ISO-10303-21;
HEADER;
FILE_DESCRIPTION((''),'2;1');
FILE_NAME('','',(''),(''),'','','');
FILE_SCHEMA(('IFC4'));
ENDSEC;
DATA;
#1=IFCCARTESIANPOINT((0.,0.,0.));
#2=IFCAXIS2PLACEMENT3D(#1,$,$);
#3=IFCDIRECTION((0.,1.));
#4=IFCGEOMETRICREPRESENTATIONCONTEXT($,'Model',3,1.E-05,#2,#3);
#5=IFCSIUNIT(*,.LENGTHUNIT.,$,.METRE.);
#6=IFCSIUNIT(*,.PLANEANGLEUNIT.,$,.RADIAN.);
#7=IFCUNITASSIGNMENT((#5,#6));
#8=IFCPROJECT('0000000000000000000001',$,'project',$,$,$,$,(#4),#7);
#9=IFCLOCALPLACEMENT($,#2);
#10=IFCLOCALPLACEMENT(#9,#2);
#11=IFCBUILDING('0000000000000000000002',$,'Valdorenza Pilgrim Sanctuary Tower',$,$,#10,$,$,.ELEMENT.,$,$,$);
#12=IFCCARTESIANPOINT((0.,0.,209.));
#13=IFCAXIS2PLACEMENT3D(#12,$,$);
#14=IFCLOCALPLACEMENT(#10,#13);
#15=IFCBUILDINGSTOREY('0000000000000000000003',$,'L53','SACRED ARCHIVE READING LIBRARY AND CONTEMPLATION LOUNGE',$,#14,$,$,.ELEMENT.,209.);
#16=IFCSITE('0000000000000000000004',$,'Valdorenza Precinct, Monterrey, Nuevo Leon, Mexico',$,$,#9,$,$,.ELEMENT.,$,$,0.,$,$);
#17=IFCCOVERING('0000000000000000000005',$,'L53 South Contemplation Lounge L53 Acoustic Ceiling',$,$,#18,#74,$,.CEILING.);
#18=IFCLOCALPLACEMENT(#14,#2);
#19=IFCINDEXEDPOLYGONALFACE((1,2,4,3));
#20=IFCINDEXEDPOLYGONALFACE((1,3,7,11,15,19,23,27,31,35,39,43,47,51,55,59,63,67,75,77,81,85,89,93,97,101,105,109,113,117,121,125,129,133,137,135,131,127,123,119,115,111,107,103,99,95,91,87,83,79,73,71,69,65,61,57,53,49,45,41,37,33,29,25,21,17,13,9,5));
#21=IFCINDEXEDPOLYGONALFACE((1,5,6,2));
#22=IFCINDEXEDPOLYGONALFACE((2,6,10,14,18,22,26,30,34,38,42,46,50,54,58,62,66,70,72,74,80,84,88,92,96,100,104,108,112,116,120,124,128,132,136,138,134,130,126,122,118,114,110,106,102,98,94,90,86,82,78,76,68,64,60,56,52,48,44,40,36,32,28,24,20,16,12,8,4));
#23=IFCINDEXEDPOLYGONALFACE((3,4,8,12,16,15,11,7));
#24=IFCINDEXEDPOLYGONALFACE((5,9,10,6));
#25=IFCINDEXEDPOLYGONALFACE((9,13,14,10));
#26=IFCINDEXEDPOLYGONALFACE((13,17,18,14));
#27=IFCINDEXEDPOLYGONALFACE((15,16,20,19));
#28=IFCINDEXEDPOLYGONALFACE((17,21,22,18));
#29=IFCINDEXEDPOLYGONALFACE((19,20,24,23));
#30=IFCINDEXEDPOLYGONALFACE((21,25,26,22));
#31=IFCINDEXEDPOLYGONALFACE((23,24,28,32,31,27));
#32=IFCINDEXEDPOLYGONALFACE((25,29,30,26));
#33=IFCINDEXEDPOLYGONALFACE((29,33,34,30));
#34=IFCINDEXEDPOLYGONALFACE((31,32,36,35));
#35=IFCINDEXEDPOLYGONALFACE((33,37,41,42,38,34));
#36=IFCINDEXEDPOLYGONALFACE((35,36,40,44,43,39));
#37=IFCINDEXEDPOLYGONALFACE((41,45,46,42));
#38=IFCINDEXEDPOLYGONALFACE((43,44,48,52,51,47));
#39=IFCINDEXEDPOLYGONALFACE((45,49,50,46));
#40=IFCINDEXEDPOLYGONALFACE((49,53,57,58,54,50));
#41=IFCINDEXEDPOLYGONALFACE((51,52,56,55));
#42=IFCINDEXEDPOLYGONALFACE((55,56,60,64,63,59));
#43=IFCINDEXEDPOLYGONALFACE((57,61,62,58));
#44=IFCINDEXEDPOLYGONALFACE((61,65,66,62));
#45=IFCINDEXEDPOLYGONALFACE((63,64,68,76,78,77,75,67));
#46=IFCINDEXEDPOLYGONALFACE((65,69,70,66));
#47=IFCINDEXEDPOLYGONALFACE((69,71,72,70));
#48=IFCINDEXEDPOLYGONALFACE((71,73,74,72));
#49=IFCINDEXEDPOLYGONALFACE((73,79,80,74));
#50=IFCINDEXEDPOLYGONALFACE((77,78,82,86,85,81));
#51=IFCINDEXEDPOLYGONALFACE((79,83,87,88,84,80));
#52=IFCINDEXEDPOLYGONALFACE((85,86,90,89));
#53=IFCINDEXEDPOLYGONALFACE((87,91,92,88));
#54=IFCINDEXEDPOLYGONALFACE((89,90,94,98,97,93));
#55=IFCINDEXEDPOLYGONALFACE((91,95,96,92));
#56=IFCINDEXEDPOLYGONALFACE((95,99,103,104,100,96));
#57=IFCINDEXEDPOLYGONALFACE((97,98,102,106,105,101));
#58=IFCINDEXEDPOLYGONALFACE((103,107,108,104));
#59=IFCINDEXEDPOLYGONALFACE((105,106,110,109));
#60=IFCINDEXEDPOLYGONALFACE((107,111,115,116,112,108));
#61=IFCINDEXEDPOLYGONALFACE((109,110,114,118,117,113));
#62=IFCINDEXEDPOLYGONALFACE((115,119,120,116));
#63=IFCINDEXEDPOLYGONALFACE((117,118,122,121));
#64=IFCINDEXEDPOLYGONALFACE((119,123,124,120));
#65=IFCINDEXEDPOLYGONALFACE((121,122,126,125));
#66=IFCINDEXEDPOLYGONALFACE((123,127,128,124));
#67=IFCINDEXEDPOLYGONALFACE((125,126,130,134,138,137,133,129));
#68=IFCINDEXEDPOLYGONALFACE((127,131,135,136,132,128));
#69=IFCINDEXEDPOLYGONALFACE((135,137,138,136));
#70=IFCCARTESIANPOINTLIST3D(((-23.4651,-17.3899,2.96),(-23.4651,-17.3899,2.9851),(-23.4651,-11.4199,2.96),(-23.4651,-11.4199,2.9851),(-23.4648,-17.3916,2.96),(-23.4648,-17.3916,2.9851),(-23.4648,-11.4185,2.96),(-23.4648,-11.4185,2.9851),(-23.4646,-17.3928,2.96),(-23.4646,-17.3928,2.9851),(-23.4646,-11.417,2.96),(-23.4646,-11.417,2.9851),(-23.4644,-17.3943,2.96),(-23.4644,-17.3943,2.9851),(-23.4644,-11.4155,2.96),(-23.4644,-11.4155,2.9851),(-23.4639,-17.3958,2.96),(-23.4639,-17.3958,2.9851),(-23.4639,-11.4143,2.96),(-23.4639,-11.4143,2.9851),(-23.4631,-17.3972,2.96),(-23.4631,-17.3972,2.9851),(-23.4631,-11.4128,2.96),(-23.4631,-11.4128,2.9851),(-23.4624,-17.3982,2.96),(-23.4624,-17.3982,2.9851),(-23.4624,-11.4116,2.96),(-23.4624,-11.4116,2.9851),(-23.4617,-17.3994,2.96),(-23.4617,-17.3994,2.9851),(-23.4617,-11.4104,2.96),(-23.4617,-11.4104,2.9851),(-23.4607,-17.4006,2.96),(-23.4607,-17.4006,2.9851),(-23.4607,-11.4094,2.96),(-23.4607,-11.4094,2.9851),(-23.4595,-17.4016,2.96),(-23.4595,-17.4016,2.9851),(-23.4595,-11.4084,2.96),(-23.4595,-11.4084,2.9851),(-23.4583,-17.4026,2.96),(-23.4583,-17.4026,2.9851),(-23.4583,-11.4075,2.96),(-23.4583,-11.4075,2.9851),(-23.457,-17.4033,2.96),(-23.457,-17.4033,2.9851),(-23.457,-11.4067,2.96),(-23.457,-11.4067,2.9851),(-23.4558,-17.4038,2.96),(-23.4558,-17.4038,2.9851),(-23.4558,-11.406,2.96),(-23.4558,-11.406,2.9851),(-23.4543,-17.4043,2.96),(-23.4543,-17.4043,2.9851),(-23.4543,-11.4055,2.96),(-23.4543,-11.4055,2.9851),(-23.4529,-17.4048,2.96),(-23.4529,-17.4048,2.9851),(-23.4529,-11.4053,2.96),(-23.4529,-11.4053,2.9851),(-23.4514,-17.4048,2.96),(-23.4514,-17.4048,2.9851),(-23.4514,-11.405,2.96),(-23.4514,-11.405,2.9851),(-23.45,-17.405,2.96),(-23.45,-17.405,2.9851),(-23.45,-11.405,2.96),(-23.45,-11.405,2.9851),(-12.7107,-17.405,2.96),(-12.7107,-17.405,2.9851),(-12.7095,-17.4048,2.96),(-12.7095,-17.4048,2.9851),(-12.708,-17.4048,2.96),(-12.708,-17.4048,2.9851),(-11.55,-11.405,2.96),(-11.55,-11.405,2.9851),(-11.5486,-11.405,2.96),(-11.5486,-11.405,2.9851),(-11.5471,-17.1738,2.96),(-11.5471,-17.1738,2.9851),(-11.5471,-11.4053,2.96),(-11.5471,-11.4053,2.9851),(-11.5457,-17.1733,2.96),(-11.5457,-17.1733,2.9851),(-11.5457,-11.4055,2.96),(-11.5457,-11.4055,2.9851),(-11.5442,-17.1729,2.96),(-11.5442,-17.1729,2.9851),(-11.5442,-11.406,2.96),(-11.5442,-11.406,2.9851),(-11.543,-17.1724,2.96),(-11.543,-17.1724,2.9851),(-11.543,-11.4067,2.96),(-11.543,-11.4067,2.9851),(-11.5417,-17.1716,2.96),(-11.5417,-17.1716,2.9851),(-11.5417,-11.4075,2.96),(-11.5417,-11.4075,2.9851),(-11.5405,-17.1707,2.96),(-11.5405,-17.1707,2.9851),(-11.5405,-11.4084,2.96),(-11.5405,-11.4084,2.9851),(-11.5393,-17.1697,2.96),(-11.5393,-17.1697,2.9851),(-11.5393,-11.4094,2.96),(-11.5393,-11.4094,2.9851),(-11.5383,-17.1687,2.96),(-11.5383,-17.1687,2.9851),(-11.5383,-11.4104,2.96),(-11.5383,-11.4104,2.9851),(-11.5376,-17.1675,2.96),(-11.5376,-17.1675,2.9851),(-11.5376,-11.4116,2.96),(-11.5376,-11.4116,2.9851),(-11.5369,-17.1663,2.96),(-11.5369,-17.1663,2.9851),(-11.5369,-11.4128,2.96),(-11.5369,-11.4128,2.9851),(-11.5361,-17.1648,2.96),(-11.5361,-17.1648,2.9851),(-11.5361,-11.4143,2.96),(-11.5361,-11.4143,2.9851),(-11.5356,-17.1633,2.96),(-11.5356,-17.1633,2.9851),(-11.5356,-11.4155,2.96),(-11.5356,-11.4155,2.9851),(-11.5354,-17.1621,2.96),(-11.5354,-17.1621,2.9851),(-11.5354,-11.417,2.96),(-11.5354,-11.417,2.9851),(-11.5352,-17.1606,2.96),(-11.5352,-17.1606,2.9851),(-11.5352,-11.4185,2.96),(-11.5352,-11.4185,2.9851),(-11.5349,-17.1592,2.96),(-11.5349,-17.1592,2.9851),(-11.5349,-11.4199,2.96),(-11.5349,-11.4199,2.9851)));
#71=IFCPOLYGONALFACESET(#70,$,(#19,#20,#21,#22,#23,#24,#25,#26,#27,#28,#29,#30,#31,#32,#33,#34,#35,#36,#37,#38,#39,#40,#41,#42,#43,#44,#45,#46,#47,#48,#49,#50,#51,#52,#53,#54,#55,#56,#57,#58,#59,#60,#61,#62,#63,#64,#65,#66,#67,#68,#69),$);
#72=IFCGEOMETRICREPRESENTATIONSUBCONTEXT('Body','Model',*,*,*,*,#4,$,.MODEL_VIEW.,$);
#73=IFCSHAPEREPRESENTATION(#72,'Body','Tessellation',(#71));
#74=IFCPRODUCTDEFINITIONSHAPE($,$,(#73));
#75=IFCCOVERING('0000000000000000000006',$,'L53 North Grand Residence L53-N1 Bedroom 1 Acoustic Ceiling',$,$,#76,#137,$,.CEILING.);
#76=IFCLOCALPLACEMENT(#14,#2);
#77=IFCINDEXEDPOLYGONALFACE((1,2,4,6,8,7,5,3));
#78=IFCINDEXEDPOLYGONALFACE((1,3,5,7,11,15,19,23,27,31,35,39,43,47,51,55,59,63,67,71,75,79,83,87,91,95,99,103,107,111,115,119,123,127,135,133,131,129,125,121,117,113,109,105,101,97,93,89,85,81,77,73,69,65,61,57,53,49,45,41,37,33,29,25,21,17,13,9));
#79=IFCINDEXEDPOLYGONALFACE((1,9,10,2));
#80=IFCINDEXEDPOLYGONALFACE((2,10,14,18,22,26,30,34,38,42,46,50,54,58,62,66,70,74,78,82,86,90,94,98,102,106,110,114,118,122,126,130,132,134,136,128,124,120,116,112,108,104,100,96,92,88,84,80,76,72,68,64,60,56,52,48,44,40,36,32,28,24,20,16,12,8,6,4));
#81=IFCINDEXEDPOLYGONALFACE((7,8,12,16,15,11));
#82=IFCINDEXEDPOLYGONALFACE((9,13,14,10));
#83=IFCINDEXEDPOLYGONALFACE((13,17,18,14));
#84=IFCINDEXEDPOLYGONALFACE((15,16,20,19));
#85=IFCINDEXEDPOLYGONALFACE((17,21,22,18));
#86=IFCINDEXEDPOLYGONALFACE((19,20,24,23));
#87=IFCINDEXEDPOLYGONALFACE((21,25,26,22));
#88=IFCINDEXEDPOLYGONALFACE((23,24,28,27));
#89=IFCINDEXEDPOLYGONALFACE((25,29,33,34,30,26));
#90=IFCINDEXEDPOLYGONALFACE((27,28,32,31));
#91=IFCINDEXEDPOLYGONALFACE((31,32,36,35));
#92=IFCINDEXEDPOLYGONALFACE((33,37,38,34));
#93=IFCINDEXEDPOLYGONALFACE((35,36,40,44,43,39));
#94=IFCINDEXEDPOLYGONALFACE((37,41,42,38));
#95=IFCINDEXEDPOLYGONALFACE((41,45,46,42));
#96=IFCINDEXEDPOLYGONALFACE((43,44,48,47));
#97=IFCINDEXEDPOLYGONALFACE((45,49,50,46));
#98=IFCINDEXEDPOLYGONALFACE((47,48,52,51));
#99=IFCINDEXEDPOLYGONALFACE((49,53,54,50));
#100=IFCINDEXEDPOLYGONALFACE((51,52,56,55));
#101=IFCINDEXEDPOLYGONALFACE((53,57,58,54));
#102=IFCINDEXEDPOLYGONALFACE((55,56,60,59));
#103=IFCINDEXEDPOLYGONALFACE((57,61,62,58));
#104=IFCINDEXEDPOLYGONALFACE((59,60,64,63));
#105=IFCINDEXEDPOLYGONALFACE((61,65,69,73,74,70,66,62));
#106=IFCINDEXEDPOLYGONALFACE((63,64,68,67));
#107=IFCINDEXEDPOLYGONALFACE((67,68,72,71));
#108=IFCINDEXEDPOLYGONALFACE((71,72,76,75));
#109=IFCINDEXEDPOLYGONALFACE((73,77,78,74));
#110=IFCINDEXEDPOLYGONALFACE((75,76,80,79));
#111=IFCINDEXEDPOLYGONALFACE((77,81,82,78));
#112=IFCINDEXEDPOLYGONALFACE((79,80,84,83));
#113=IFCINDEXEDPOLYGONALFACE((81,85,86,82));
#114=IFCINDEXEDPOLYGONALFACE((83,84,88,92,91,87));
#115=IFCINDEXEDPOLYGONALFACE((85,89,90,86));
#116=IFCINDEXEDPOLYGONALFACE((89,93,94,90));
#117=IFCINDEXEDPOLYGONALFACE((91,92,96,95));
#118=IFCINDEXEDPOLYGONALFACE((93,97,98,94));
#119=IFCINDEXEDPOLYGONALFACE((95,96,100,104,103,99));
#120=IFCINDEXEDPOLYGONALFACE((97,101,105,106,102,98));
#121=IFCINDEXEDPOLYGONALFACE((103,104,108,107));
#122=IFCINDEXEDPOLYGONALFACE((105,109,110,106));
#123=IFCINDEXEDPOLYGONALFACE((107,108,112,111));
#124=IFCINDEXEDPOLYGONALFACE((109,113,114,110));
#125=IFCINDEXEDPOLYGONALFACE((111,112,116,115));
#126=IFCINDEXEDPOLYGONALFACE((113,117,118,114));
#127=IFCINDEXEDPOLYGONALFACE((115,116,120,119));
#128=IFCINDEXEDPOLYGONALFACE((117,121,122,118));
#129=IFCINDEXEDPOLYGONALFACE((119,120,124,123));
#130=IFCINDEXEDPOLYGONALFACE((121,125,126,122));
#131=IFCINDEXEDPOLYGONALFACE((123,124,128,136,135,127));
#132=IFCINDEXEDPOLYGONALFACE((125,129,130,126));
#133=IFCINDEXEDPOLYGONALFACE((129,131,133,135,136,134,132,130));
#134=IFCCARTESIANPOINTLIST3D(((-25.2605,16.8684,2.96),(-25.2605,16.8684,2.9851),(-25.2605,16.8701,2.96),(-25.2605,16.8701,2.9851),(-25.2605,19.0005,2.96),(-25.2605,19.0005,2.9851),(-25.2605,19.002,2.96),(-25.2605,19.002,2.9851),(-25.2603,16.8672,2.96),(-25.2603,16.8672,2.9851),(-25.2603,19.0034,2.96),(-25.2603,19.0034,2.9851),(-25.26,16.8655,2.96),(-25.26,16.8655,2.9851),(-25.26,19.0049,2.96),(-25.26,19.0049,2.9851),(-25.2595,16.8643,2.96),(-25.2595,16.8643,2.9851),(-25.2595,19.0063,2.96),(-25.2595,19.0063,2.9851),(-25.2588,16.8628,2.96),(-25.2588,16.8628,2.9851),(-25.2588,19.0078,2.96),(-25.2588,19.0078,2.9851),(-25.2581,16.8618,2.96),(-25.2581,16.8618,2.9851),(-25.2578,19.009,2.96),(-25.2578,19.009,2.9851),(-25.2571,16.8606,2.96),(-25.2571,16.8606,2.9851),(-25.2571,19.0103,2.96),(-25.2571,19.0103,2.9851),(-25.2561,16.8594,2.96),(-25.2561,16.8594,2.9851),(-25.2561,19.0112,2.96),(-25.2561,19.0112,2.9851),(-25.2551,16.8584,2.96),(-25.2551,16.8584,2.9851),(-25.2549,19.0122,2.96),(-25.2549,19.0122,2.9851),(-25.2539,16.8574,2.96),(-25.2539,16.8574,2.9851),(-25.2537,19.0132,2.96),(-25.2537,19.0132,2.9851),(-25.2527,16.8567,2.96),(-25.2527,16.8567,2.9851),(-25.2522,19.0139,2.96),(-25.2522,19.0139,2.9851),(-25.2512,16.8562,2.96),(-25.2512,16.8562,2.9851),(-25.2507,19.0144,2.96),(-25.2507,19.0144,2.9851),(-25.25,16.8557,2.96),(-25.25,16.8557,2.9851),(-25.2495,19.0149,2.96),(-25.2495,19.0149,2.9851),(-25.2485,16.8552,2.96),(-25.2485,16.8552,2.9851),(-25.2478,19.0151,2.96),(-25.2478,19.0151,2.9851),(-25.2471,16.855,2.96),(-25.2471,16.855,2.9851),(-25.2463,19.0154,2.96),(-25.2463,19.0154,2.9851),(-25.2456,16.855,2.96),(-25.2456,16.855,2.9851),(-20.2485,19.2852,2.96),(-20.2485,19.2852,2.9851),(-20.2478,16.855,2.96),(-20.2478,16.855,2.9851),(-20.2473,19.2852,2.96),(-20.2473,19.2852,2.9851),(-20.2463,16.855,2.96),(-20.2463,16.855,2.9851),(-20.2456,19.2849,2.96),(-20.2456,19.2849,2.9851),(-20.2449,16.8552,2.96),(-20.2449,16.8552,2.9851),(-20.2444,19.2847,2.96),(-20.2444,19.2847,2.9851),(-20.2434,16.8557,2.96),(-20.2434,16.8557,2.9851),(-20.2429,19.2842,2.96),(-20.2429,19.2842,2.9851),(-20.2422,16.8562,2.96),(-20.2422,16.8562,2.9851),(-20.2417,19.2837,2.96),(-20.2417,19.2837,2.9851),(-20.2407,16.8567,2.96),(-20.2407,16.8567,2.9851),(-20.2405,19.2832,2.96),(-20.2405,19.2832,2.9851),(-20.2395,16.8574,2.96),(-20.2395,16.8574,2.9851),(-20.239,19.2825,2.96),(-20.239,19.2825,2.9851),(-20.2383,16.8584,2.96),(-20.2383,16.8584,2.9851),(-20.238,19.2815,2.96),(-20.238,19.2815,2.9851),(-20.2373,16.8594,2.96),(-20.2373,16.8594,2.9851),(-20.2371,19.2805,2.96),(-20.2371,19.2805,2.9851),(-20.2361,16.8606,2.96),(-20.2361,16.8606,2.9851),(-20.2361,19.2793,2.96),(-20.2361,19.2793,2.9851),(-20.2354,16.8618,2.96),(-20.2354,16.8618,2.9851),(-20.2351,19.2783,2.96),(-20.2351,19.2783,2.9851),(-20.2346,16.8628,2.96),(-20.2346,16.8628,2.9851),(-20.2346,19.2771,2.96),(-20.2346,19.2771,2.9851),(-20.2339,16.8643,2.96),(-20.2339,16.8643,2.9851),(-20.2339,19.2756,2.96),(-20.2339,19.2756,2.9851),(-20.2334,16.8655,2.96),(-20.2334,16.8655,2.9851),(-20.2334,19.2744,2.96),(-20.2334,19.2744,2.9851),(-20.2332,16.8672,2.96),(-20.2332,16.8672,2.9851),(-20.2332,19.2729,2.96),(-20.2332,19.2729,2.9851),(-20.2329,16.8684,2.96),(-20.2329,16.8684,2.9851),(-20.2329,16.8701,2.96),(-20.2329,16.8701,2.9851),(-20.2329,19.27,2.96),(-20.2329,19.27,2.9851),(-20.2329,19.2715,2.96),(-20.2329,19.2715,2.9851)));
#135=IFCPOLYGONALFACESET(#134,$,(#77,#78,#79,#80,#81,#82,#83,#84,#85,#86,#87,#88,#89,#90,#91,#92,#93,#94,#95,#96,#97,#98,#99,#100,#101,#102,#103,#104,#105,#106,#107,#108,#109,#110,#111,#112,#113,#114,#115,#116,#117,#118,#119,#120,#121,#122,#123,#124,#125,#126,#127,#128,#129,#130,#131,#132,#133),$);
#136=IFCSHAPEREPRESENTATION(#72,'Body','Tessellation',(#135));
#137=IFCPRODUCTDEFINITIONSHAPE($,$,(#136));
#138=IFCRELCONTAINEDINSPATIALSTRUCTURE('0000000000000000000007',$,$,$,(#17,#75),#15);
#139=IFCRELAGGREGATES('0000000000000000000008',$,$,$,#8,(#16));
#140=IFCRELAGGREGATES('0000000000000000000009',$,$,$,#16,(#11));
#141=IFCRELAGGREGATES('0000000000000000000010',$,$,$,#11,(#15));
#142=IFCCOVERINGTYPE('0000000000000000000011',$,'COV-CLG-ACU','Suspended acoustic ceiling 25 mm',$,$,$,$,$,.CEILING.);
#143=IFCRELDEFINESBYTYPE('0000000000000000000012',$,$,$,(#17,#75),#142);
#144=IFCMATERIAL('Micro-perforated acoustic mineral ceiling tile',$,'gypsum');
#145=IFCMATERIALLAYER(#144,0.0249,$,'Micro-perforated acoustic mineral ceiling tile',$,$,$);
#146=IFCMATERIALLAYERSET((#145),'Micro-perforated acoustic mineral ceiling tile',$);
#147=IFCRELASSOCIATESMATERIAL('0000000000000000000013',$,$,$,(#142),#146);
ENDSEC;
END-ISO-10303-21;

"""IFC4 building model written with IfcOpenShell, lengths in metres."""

from ifc_helpers import new_model, si_unit, direction, frame, origin, place, context, subcontext, project, spatial, polyline, outline, extrude, material, layer, layer_set, type_object, element, save


model = new_model("IFC4")

# Units and contexts
model_context = context("Model", 3, precision=1e-05, world=origin(), true_north=direction((0.0, 1.0)))
body_context = subcontext(model_context, "Body", "Model", "MODEL_VIEW")
ifc_project = project(units=[si_unit("LENGTHUNIT", "METRE"), si_unit("PLANEANGLEUNIT", "RADIAN")], contexts=[model_context])

# Site, building, storey
site_placement = place(None, origin())
site = spatial("IfcSite", under=ifc_project, at=site_placement, Name="Valdorenza Precinct, Monterrey, Nuevo Leon, Mexico", CompositionType="ELEMENT", RefElevation=0.0)
building_placement = place(site_placement, origin())
building = spatial("IfcBuilding", under=site, at=building_placement, Name="Valdorenza Pilgrim Sanctuary Tower", CompositionType="ELEMENT")
storey_placement = place(building_placement, frame((0.0, 0.0, 209.0)))
storey = spatial("IfcBuildingStorey", under=building, at=storey_placement, Name="L53", Description="SACRED ARCHIVE READING LIBRARY AND CONTEMPLATION LOUNGE", CompositionType="ELEMENT", Elevation=209.0)

# Coverings
ifc_material_1 = material(Name="Micro-perforated acoustic mineral ceiling tile", Category="gypsum")
ifc_layer_1 = layer(ifc_material_1, 0.0249, Name="Micro-perforated acoustic mineral ceiling tile")
ifc_layer_set_1 = layer_set([ifc_layer_1], Name="Micro-perforated acoustic mineral ceiling tile")
covering_type_1 = type_object("IfcCoveringType", Name="COV-CLG-ACU", Description="Suspended acoustic ceiling 25 mm", PredefinedType="CEILING", material=ifc_layer_set_1)
covering_1_placement = place(storey_placement, frame((0.0, 0.0, 2.96)))
element("IfcCovering", 1, at=covering_1_placement, inside=storey, type_object=covering_type_1, Name="L53 South Contemplation Lounge L53 Acoustic Ceiling", PredefinedType="CEILING", context=body_context, shape_type="SweptSolid", body=[
    extrude(outline(polyline([(-11.55, -11.405), (-11.5486, -11.405), (-11.5471, -11.4053), (-11.5457, -11.4055), (-11.5442, -11.406), (-11.543, -11.4067), (-11.5417, -11.4075), (-11.5405, -11.4084), (-11.5393, -11.4094), (-11.5383, -11.4104), (-11.5376, -11.4116), (-11.5369, -11.4128), (-11.5361, -11.4143), (-11.5356, -11.4155), (-11.5354, -11.417), (-11.5352, -11.4185), (-11.5349, -11.4199), (-11.5349, -17.1592), (-11.5352, -17.1606), (-11.5354, -17.1621), (-11.5356, -17.1633), (-11.5361, -17.1648), (-11.5369, -17.1663), (-11.5376, -17.1675), (-11.5383, -17.1687), (-11.5393, -17.1697), (-11.5405, -17.1707), (-11.5417, -17.1716), (-11.543, -17.1724), (-11.5442, -17.1729), (-11.5457, -17.1733), (-11.5471, -17.1738), (-12.708, -17.4048), (-12.7095, -17.4048), (-12.7107, -17.405), (-23.45, -17.405), (-23.4514, -17.4048), (-23.4529, -17.4048), (-23.4543, -17.4043), (-23.4558, -17.4038), (-23.457, -17.4033), (-23.4583, -17.4026), (-23.4595, -17.4016), (-23.4607, -17.4006), (-23.4617, -17.3994), (-23.4624, -17.3982), (-23.4631, -17.3972), (-23.4639, -17.3958), (-23.4644, -17.3943), (-23.4646, -17.3928), (-23.4648, -17.3916), (-23.4651, -17.3899), (-23.4651, -11.4199), (-23.4648, -11.4185), (-23.4646, -11.417), (-23.4644, -11.4155), (-23.4639, -11.4143), (-23.4631, -11.4128), (-23.4624, -11.4116), (-23.4617, -11.4104), (-23.4607, -11.4094), (-23.4595, -11.4084), (-23.4583, -11.4075), (-23.457, -11.4067), (-23.4558, -11.406), (-23.4543, -11.4055), (-23.4529, -11.4053), (-23.4514, -11.405), (-23.45, -11.405), (-11.55, -11.405)])), origin(), (0.0, 0.0, 1.0), 0.0251),
])
covering_2_placement = place(storey_placement, frame((0.0, 0.0, 2.96)))
element("IfcCovering", 2, at=covering_2_placement, inside=storey, type_object=covering_type_1, Name="L53 North Grand Residence L53-N1 Bedroom 1 Acoustic Ceiling", PredefinedType="CEILING", context=body_context, shape_type="SweptSolid", body=[
    extrude(outline(polyline([(-25.2456, 16.855), (-25.2471, 16.855), (-25.2485, 16.8552), (-25.25, 16.8557), (-25.2512, 16.8562), (-25.2527, 16.8567), (-25.2539, 16.8574), (-25.2551, 16.8584), (-25.2561, 16.8594), (-25.2571, 16.8606), (-25.2581, 16.8618), (-25.2588, 16.8628), (-25.2595, 16.8643), (-25.26, 16.8655), (-25.2603, 16.8672), (-25.2605, 16.8684), (-25.2605, 16.8701), (-25.2605, 19.0005), (-25.2605, 19.002), (-25.2603, 19.0034), (-25.26, 19.0049), (-25.2595, 19.0063), (-25.2588, 19.0078), (-25.2578, 19.009), (-25.2571, 19.0103), (-25.2561, 19.0112), (-25.2549, 19.0122), (-25.2537, 19.0132), (-25.2522, 19.0139), (-25.2507, 19.0144), (-25.2495, 19.0149), (-25.2478, 19.0151), (-25.2463, 19.0154), (-20.2485, 19.2852), (-20.2473, 19.2852), (-20.2456, 19.2849), (-20.2444, 19.2847), (-20.2429, 19.2842), (-20.2417, 19.2837), (-20.2405, 19.2832), (-20.239, 19.2825), (-20.238, 19.2815), (-20.2371, 19.2805), (-20.2361, 19.2793), (-20.2351, 19.2783), (-20.2346, 19.2771), (-20.2339, 19.2756), (-20.2334, 19.2744), (-20.2332, 19.2729), (-20.2329, 19.2715), (-20.2329, 19.27), (-20.2329, 16.8701), (-20.2329, 16.8684), (-20.2332, 16.8672), (-20.2334, 16.8655), (-20.2339, 16.8643), (-20.2346, 16.8628), (-20.2354, 16.8618), (-20.2361, 16.8606), (-20.2373, 16.8594), (-20.2383, 16.8584), (-20.2395, 16.8574), (-20.2407, 16.8567), (-20.2422, 16.8562), (-20.2434, 16.8557), (-20.2449, 16.8552), (-20.2463, 16.855), (-20.2478, 16.855), (-25.2456, 16.855)])), origin(), (0.0, 0.0, 1.0), 0.0251),
])

save(model, "model.ifc")
